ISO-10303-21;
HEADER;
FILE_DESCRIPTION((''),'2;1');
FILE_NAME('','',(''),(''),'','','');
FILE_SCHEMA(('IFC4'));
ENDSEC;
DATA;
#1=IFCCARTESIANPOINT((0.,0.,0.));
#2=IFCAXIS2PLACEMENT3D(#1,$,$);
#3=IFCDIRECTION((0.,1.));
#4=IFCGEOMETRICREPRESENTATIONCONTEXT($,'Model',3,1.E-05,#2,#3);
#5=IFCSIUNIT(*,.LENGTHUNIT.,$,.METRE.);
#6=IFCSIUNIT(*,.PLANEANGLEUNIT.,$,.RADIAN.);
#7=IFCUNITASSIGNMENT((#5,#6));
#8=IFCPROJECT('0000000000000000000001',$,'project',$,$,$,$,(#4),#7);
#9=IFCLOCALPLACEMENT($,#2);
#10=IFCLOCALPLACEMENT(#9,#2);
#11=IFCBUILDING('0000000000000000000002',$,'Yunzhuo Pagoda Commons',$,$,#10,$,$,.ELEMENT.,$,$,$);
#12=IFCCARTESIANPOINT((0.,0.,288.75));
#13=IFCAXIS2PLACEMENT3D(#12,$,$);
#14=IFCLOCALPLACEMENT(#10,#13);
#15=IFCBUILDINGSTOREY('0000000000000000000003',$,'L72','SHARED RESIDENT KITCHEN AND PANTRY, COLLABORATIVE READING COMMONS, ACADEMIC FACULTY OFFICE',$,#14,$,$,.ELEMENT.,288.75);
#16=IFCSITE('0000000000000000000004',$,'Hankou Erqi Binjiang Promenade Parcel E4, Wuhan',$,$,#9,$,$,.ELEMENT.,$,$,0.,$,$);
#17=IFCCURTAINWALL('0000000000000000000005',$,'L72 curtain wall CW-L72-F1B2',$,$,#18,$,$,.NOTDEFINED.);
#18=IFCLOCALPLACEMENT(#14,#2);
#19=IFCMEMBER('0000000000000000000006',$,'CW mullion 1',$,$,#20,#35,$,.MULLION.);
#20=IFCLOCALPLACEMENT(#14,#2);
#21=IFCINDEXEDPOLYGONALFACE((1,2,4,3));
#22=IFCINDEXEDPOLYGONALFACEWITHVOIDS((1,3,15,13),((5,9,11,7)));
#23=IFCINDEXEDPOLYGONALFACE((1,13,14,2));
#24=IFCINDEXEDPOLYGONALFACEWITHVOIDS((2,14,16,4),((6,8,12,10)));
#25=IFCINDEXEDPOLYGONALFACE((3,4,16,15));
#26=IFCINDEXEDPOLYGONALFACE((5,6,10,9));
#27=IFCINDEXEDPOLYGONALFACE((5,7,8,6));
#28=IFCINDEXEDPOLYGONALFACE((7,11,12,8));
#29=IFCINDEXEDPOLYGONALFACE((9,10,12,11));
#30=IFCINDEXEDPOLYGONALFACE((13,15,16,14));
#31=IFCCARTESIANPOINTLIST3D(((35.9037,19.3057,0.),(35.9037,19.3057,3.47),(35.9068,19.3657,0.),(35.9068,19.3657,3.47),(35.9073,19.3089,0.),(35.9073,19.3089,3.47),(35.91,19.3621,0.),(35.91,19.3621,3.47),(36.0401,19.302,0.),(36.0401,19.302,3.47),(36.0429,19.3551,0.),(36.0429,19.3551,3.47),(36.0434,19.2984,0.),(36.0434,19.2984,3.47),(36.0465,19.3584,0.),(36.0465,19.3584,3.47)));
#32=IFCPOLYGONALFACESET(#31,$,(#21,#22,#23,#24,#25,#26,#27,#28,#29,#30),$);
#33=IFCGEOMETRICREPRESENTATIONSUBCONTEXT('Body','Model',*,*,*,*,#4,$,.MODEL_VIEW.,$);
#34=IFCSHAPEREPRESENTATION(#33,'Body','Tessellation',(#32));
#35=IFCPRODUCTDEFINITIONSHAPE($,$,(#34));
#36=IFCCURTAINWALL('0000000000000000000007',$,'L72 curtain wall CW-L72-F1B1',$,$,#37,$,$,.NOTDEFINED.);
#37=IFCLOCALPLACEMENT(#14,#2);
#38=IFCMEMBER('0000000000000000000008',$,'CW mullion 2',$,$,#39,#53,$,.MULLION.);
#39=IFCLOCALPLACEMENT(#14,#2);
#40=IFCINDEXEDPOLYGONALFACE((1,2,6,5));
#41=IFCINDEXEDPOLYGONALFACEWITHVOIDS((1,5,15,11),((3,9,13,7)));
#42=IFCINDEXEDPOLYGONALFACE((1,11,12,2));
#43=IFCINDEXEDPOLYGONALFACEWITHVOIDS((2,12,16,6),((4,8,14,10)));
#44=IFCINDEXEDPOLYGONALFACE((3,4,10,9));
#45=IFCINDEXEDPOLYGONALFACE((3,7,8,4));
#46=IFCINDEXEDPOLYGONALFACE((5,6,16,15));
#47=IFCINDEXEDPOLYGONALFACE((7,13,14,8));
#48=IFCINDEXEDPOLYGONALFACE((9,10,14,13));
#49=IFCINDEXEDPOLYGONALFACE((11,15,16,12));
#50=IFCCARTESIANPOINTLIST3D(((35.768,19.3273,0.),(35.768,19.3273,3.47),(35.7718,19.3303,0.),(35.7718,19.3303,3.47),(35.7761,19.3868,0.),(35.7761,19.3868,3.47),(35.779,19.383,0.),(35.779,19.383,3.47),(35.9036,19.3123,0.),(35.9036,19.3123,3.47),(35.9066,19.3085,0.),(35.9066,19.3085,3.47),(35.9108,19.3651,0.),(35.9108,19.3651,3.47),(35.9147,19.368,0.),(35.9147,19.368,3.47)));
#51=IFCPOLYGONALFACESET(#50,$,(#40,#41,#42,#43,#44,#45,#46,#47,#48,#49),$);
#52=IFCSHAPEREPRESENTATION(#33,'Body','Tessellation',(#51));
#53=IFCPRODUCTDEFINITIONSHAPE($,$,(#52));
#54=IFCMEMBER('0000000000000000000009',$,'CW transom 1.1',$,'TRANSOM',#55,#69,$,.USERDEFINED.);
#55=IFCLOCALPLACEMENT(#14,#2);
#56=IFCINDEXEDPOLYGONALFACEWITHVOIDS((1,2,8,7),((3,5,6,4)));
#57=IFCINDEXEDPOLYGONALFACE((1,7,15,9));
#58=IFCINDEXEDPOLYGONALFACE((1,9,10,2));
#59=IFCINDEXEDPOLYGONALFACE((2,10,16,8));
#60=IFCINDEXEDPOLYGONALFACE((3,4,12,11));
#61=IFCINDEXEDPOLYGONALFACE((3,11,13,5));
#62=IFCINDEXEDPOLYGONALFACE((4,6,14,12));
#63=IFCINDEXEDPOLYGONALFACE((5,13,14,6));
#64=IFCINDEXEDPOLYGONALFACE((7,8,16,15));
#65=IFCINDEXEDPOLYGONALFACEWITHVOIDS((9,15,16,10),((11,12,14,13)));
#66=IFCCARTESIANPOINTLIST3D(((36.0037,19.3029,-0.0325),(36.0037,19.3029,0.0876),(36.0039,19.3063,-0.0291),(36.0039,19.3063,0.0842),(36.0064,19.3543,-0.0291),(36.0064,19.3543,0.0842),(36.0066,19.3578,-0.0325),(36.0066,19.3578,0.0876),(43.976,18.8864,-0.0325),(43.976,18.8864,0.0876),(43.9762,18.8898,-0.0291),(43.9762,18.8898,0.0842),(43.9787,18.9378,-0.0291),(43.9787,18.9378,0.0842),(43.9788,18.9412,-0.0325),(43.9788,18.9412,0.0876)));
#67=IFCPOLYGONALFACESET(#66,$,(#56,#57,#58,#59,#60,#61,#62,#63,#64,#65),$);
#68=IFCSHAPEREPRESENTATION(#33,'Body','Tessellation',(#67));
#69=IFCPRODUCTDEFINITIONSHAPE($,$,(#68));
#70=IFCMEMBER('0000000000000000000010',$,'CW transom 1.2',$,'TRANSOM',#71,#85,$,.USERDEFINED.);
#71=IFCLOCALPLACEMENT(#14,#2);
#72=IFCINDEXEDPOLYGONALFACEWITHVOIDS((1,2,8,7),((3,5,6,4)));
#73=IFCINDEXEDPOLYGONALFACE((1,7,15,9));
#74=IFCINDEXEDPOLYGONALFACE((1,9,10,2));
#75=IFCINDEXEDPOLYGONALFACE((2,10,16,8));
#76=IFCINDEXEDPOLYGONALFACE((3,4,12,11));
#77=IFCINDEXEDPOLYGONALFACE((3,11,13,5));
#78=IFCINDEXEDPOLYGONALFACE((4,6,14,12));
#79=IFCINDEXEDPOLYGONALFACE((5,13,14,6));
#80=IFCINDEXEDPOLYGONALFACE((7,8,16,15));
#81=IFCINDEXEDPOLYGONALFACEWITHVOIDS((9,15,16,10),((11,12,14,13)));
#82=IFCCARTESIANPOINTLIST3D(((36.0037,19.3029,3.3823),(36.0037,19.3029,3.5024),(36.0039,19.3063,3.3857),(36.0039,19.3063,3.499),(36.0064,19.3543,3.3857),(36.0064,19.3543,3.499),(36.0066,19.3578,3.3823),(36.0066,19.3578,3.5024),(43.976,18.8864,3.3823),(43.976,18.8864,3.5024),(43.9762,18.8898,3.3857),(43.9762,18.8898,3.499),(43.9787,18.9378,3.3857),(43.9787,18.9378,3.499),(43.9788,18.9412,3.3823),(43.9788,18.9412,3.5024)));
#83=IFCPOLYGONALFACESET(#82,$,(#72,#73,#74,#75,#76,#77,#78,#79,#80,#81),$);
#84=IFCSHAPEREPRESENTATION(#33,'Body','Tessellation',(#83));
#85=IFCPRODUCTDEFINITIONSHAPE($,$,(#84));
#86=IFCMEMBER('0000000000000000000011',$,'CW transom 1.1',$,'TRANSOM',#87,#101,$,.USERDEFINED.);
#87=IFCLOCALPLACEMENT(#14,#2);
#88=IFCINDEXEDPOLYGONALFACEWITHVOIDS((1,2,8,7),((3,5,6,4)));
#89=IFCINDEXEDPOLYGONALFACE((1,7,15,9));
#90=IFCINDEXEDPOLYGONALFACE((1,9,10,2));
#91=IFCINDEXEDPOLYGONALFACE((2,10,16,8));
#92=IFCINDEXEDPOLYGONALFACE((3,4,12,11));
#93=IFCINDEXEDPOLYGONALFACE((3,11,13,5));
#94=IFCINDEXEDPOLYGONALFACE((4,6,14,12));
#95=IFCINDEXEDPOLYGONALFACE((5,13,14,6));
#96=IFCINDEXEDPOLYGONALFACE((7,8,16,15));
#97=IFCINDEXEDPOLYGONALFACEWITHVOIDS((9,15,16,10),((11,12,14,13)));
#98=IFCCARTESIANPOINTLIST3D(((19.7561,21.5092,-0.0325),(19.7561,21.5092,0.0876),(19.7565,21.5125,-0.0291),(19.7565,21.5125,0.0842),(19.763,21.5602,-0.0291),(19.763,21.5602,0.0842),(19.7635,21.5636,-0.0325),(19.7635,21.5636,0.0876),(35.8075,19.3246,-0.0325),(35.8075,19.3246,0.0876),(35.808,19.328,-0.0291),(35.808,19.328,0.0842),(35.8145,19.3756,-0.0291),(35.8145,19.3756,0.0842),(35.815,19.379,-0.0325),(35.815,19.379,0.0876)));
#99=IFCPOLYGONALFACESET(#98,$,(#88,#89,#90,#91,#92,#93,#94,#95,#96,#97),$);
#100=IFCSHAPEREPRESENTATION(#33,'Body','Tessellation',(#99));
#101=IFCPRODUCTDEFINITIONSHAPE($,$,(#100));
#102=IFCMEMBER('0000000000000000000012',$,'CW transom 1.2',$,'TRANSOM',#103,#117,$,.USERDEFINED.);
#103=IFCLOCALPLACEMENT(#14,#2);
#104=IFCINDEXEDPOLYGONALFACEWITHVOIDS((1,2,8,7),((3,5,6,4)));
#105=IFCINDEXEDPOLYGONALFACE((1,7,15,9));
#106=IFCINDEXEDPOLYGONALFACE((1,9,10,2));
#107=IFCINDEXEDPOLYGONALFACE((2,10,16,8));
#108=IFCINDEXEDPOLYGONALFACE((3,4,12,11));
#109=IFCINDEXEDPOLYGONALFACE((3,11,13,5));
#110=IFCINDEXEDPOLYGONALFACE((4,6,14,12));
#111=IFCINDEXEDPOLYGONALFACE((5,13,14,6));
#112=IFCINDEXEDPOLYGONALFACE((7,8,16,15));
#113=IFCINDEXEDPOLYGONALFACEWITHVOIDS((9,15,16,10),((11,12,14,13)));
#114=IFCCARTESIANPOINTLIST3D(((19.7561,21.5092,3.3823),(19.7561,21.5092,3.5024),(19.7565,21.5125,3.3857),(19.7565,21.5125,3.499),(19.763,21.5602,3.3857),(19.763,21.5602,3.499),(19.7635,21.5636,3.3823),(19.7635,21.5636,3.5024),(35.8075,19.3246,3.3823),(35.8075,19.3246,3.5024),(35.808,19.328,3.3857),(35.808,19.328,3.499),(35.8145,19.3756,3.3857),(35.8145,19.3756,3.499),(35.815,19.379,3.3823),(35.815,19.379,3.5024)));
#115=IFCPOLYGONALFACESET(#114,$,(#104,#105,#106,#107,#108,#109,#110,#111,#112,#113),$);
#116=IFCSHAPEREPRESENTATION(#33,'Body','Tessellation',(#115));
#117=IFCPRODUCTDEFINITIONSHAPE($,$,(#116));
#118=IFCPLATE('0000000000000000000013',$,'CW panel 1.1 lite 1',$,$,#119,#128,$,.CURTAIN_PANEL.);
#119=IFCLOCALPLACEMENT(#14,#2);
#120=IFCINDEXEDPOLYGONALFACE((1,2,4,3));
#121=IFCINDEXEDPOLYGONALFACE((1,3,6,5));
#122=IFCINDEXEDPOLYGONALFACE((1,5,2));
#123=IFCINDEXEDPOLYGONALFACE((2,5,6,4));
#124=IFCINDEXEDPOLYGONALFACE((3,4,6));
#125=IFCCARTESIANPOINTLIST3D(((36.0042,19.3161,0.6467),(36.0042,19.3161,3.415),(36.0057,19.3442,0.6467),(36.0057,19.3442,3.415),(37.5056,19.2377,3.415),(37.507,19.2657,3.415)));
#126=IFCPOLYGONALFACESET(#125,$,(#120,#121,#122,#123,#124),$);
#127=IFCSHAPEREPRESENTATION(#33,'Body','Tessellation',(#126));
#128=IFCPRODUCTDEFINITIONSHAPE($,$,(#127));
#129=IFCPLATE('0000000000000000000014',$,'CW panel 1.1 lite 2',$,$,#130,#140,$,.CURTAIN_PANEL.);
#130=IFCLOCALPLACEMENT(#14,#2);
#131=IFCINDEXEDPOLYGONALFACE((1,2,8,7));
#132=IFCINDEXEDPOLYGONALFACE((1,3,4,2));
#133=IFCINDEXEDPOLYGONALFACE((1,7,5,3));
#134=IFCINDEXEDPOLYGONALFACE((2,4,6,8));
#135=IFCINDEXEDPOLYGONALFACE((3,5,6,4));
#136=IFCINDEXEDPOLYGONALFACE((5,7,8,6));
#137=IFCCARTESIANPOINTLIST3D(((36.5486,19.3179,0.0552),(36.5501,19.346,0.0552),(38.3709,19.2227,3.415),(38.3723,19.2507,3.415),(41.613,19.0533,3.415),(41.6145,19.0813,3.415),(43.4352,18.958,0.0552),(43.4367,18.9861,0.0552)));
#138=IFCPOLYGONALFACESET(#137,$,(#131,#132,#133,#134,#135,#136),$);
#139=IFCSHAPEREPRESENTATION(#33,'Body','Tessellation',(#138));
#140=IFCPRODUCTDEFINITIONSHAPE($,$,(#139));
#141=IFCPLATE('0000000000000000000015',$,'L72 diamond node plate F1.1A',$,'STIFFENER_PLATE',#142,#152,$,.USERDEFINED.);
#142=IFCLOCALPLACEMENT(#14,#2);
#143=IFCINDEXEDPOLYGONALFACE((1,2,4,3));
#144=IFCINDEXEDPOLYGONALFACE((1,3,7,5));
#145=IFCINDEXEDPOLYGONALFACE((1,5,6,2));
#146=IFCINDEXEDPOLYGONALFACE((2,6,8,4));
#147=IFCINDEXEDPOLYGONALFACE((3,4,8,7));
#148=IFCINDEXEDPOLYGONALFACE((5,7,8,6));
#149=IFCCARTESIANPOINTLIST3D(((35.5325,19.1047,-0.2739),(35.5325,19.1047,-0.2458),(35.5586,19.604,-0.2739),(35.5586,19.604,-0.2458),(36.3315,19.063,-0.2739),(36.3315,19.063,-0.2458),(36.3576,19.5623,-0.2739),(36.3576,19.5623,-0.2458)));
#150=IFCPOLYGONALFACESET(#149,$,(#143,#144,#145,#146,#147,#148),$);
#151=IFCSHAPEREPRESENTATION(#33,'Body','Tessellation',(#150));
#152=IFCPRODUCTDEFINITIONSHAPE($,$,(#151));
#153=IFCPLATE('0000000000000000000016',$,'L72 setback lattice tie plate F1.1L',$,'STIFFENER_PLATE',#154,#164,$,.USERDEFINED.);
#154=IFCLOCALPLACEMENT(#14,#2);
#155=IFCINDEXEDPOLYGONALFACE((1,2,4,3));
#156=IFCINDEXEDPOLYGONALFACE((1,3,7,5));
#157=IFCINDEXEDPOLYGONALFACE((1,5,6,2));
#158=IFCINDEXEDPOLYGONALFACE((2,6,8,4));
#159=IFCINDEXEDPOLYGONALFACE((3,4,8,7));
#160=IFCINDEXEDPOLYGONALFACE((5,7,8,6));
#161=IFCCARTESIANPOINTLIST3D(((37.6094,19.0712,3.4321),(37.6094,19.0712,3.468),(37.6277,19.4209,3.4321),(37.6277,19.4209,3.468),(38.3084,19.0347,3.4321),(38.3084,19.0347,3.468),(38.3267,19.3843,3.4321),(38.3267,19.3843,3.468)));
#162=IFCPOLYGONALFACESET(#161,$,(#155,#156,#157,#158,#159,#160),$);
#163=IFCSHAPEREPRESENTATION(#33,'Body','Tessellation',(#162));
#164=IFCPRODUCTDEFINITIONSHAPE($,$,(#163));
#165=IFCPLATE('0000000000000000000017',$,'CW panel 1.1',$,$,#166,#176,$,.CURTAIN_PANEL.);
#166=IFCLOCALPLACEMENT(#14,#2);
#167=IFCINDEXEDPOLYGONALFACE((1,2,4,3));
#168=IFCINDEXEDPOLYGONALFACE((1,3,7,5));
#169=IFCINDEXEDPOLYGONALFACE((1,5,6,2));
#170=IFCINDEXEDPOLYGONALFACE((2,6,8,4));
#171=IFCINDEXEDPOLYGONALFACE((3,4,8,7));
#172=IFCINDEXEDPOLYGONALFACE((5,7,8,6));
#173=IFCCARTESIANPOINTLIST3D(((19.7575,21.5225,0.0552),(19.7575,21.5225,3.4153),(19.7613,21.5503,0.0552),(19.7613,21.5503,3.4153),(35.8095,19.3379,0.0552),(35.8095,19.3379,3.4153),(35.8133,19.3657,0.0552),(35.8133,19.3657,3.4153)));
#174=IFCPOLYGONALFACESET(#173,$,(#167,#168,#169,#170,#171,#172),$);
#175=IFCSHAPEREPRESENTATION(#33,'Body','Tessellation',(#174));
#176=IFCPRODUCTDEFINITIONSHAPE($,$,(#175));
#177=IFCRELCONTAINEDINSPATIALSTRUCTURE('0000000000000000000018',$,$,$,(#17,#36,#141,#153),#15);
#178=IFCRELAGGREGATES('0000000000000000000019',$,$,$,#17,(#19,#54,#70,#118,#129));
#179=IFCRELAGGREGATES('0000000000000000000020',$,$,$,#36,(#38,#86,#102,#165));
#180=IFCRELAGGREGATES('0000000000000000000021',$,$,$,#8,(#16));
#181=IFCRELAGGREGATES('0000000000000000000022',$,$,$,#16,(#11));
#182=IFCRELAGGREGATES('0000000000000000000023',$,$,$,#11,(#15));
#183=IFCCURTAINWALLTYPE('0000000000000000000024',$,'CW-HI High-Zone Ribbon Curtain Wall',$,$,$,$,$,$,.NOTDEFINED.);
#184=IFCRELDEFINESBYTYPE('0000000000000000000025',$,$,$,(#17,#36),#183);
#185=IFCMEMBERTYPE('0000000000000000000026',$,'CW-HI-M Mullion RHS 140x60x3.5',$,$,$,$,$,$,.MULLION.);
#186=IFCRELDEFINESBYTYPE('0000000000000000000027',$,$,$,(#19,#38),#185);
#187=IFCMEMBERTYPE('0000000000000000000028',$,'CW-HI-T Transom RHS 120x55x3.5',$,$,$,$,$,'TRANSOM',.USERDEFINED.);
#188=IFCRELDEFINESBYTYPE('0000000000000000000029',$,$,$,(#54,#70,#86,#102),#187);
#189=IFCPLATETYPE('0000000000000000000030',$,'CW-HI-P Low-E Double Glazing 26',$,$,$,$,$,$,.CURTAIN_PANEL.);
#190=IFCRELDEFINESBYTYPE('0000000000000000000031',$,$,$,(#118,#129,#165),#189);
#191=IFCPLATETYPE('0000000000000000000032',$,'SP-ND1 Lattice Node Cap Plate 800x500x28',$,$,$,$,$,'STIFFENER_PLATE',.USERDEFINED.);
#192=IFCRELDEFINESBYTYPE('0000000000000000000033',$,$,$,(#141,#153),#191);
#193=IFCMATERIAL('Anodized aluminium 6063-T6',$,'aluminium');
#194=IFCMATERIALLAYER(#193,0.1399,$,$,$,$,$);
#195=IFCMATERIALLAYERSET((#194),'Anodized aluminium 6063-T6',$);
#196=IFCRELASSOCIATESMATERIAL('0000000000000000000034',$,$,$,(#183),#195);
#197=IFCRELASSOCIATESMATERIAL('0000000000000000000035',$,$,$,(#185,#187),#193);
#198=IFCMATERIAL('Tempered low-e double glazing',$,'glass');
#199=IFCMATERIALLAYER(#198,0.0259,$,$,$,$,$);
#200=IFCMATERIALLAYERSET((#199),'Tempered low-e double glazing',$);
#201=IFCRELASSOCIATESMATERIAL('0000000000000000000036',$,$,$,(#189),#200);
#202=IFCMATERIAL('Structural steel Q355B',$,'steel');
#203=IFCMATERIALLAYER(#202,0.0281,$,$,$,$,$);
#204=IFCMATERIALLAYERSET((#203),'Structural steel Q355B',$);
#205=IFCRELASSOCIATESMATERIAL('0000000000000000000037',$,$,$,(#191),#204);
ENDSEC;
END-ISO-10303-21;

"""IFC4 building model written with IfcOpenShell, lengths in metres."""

from ifc_helpers import new_model, si_unit, direction, frame, origin, origin_2d, place, context, subcontext, project, spatial, polyline, rectangle, hollow_rectangle, outline, extrude, source, transform, mapped, material, layer, layer_set, material_profile, profile_set, type_object, element, aggregate, save


model = new_model("IFC4")

# Units and contexts
model_context = context("Model", 3, precision=1e-05, world=origin(), true_north=direction((0.0, 1.0)))
body_context = subcontext(model_context, "Body", "Model", "MODEL_VIEW")
ifc_project = project(units=[si_unit("LENGTHUNIT", "METRE"), si_unit("PLANEANGLEUNIT", "RADIAN")], contexts=[model_context])

# Site, building, storey
site_placement = place(None, origin())
site = spatial("IfcSite", under=ifc_project, at=site_placement, Name="Hankou Erqi Binjiang Promenade Parcel E4, Wuhan", CompositionType="ELEMENT", RefElevation=0.0)
building_placement = place(site_placement, origin())
building = spatial("IfcBuilding", under=site, at=building_placement, Name="Yunzhuo Pagoda Commons", CompositionType="ELEMENT")
storey_placement = place(building_placement, frame((0.0, 0.0, 288.75)))
storey = spatial("IfcBuildingStorey", under=building, at=storey_placement, Name="L72", Description="SHARED RESIDENT KITCHEN AND PANTRY, COLLABORATIVE READING COMMONS, ACADEMIC FACULTY OFFICE", CompositionType="ELEMENT", Elevation=288.75)

# Shared definitions
ifc_material_1 = material(Name="Structural steel Q355B", Category="steel")

# Curtain walls, members
ifc_material_2 = material(Name="Anodized aluminium 6063-T6", Category="aluminium")
ifc_layer_1 = layer(ifc_material_2, 0.1399)
ifc_layer_set_1 = layer_set([ifc_layer_1], Name="Anodized aluminium 6063-T6")
curtain_wall_type = type_object("IfcCurtainWallType", Name="CW-HI High-Zone Ribbon Curtain Wall", PredefinedType="NOTDEFINED", material=ifc_layer_set_1)
curtain_wall_1_placement = place(storey_placement, origin())
curtain_wall_1 = element("IfcCurtainWall", 1, at=curtain_wall_1_placement, inside=storey, type_object=curtain_wall_type, Name="L72 curtain wall CW-L72-F1B2", PredefinedType="NOTDEFINED")
ifc_material_profile_1 = material_profile(ifc_material_2, hollow_rectangle(XDim=0.0601, YDim=0.1399, WallThickness=0.0034, at=origin_2d()), Name="Anodized aluminium 6063-T6")
ifc_profile_set_1 = profile_set([ifc_material_profile_1], Name="Anodized aluminium 6063-T6")
member_type_1 = type_object("IfcMemberType", Name="CW-HI-M Mullion RHS 140x60x3.5", PredefinedType="MULLION", material=ifc_profile_set_1)
shared_shape_1 = source(origin(), body_context, "Body", "SweptSolid", [
    extrude(hollow_rectangle(XDim=0.0601, YDim=0.1399, WallThickness=0.0034, at=origin_2d()), origin(), (0.0, 0.0, 1.0), 3.47),
])
member_1_placement = place(storey_placement, frame((35.9751, 19.332, 0.0), z_axis=(0.0, 0.0, 1.0), x_axis=(0.05219, 0.998637, 0.0)))
member_1 = element("IfcMember", 2, at=member_1_placement, type_object=member_type_1, Name="CW mullion 1", PredefinedType="MULLION", context=body_context, shape_type="MappedRepresentation", body=[
    mapped(shared_shape_1, transform((0.0, 0.0, 0.0), scale=1.0)),
])
curtain_wall_2_placement = place(storey_placement, origin())
curtain_wall_2 = element("IfcCurtainWall", 3, at=curtain_wall_2_placement, inside=storey, type_object=curtain_wall_type, Name="L72 curtain wall CW-L72-F1B1", PredefinedType="NOTDEFINED")
member_2_placement = place(storey_placement, frame((35.8413, 19.3477, 0.0), z_axis=(0.0, 0.0, 1.0), x_axis=(0.134854, 0.990865, 0.0)))
member_2 = element("IfcMember", 4, at=member_2_placement, type_object=member_type_1, Name="CW mullion 2", PredefinedType="MULLION", context=body_context, shape_type="MappedRepresentation", body=[
    mapped(shared_shape_1, transform((0.0, 0.0, 0.0), scale=1.0)),
])

# Members
ifc_material_profile_2 = material_profile(ifc_material_2, hollow_rectangle(XDim=0.0549, YDim=0.1201, WallThickness=0.0034, at=origin_2d()), Name="Anodized aluminium 6063-T6")
ifc_profile_set_2 = profile_set([ifc_material_profile_2], Name="Anodized aluminium 6063-T6")
member_type_2 = type_object("IfcMemberType", Name="CW-HI-T Transom RHS 120x55x3.5", ElementType="TRANSOM", PredefinedType="USERDEFINED", material=ifc_profile_set_2)
shared_shape_2 = source(origin(), body_context, "Body", "SweptSolid", [
    extrude(hollow_rectangle(XDim=0.0549, YDim=0.1201, WallThickness=0.0034, at=origin_2d()), origin(), (0.0, 0.0, 1.0), 7.9832),
])
member_3_placement = place(storey_placement, frame((36.0051, 19.3303, 0.0276), z_axis=(0.998638, -0.052174, 0.0), x_axis=(0.052174, 0.998638, 0.0)))
member_3 = element("IfcMember", 5, at=member_3_placement, type_object=member_type_2, Name="CW transom 1.1", ObjectType="TRANSOM", PredefinedType="USERDEFINED", context=body_context, shape_type="MappedRepresentation", body=[
    mapped(shared_shape_2, transform((0.0, 0.0, 0.0), scale=1.0)),
])
member_4_placement = place(storey_placement, frame((36.0051, 19.3303, 3.4424), z_axis=(0.998638, -0.052174, 0.0), x_axis=(0.052174, 0.998638, 0.0)))
member_4 = element("IfcMember", 6, at=member_4_placement, type_object=member_type_2, Name="CW transom 1.2", ObjectType="TRANSOM", PredefinedType="USERDEFINED", context=body_context, shape_type="MappedRepresentation", body=[
    mapped(shared_shape_2, transform((0.0, 0.0, 0.0), scale=1.0)),
])
shared_shape_3 = source(origin(), body_context, "Body", "SweptSolid", [
    extrude(hollow_rectangle(XDim=0.0549, YDim=0.1201, WallThickness=0.0034, at=origin_2d()), origin(), (0.0, 0.0, 1.0), 16.1995),
])
member_5_placement = place(storey_placement, frame((19.7598, 21.5364, 0.0276), z_axis=(0.990865, -0.134854, 0.0), x_axis=(0.134854, 0.990865, 0.0)))
member_5 = element("IfcMember", 7, at=member_5_placement, type_object=member_type_2, Name="CW transom 1.1", ObjectType="TRANSOM", PredefinedType="USERDEFINED", context=body_context, shape_type="MappedRepresentation", body=[
    mapped(shared_shape_3, transform((0.0, 0.0, 0.0), scale=1.0)),
])
member_6_placement = place(storey_placement, frame((19.7598, 21.5364, 3.4424), z_axis=(0.990865, -0.134854, 0.0), x_axis=(0.134854, 0.990865, 0.0)))
member_6 = element("IfcMember", 8, at=member_6_placement, type_object=member_type_2, Name="CW transom 1.2", ObjectType="TRANSOM", PredefinedType="USERDEFINED", context=body_context, shape_type="MappedRepresentation", body=[
    mapped(shared_shape_3, transform((0.0, 0.0, 0.0), scale=1.0)),
])

# Plates
ifc_material_3 = material(Name="Tempered low-e double glazing", Category="glass")
ifc_layer_2 = layer(ifc_material_3, 0.0259)
ifc_layer_set_2 = layer_set([ifc_layer_2], Name="Tempered low-e double glazing")
plate_type_1 = type_object("IfcPlateType", Name="CW-HI-P Low-E Double Glazing 26", PredefinedType="CURTAIN_PANEL", material=ifc_layer_set_2)
plate_1_placement = place(storey_placement, frame((36.7563, 19.3049, 2.0308), z_axis=(-0.05219, -0.998637, 0.0), x_axis=(0.998637, -0.05219, 0.0)))
plate_1 = element("IfcPlate", 9, at=plate_1_placement, type_object=plate_type_1, Name="CW panel 1.1 lite 1", PredefinedType="CURTAIN_PANEL", context=body_context, shape_type="SweptSolid", body=[
    extrude(outline(polyline([(-0.7517, -1.384), (0.7517, 1.3843), (-0.7517, 1.3843), (-0.7517, -1.384)])), origin(), (0.0, 0.0, 1.0), 0.0281),
])
plate_2_placement = place(storey_placement, frame((39.9934, 19.166, 1.7351), z_axis=(-0.05219, -0.998637, 0.0), x_axis=(0.998637, -0.05219, 0.0)))
plate_2 = element("IfcPlate", 10, at=plate_2_placement, type_object=plate_type_1, Name="CW panel 1.1 lite 2", PredefinedType="CURTAIN_PANEL", context=body_context, shape_type="SweptSolid", body=[
    extrude(outline(polyline([(-3.448, -1.6799), (3.448, -1.6799), (1.6233, 1.6799), (-1.6233, 1.6799), (-3.448, -1.6799)])), origin(), (0.0, 0.0, 1.0), 0.0281),
])
aggregate(curtain_wall_1, [member_1, member_3, member_4, plate_1, plate_2])

# Plates
ifc_layer_3 = layer(ifc_material_1, 0.0281)
ifc_layer_set_3 = layer_set([ifc_layer_3], Name="Structural steel Q355B")
plate_type_2 = type_object("IfcPlateType", Name="SP-ND1 Lattice Node Cap Plate 800x500x28", ElementType="STIFFENER_PLATE", PredefinedType="USERDEFINED", material=ifc_layer_set_3)
shared_shape_4 = source(origin(), body_context, "Body", "SweptSolid", [
    extrude(rectangle(XDim=0.8, YDim=0.5, at=origin_2d()), origin(), (0.0, 0.0, 1.0), 0.0281),
])
plate_3_placement = place(storey_placement, frame((35.9451, 19.3335, -0.2739), z_axis=(0.0, 0.0, 1.0), x_axis=(0.998637, -0.052197, 0.0)))
element("IfcPlate", 11, at=plate_3_placement, inside=storey, type_object=plate_type_2, Name="L72 diamond node plate F1.1A", ObjectType="STIFFENER_PLATE", PredefinedType="USERDEFINED", context=body_context, shape_type="MappedRepresentation", body=[
    mapped(shared_shape_4, transform((0.0, 0.0, 0.0), scale=1.0)),
])
shared_shape_5 = source(origin(), body_context, "Body", "SweptSolid", [
    extrude(rectangle(XDim=0.7, YDim=0.3501, at=origin_2d()), origin(), (0.0, 0.0, 1.0), 0.0359),
])
plate_4_placement = place(storey_placement, frame((37.968, 19.2278, 3.4321), z_axis=(0.0, 0.0, 1.0), x_axis=(0.998637, -0.052197, 0.0)))
element("IfcPlate", 12, at=plate_4_placement, inside=storey, type_object=plate_type_2, Name="L72 setback lattice tie plate F1.1L", ObjectType="STIFFENER_PLATE", PredefinedType="USERDEFINED", context=body_context, shape_type="MappedRepresentation", body=[
    mapped(shared_shape_5, transform((0.0, 0.0, 0.0), scale=1.0)),
])

# Plate
shared_shape_6 = source(origin(), body_context, "Body", "SweptSolid", [
    extrude(rectangle(XDim=16.2, YDim=0.0281, at=origin_2d()), origin(), (0.0, 0.0, 1.0), 3.3601),
])
plate_5_placement = place(storey_placement, frame((27.7854, 20.4441, 0.0552), z_axis=(0.0, 0.0, 1.0), x_axis=(0.990865, -0.134854, 0.0)))
plate_5 = element("IfcPlate", 13, at=plate_5_placement, type_object=plate_type_1, Name="CW panel 1.1", PredefinedType="CURTAIN_PANEL", context=body_context, shape_type="MappedRepresentation", body=[
    mapped(shared_shape_6, transform((0.0, 0.0, 0.0), scale=1.0)),
])
aggregate(curtain_wall_2, [member_2, member_5, member_6, plate_5])

save(model, "model.ifc")
